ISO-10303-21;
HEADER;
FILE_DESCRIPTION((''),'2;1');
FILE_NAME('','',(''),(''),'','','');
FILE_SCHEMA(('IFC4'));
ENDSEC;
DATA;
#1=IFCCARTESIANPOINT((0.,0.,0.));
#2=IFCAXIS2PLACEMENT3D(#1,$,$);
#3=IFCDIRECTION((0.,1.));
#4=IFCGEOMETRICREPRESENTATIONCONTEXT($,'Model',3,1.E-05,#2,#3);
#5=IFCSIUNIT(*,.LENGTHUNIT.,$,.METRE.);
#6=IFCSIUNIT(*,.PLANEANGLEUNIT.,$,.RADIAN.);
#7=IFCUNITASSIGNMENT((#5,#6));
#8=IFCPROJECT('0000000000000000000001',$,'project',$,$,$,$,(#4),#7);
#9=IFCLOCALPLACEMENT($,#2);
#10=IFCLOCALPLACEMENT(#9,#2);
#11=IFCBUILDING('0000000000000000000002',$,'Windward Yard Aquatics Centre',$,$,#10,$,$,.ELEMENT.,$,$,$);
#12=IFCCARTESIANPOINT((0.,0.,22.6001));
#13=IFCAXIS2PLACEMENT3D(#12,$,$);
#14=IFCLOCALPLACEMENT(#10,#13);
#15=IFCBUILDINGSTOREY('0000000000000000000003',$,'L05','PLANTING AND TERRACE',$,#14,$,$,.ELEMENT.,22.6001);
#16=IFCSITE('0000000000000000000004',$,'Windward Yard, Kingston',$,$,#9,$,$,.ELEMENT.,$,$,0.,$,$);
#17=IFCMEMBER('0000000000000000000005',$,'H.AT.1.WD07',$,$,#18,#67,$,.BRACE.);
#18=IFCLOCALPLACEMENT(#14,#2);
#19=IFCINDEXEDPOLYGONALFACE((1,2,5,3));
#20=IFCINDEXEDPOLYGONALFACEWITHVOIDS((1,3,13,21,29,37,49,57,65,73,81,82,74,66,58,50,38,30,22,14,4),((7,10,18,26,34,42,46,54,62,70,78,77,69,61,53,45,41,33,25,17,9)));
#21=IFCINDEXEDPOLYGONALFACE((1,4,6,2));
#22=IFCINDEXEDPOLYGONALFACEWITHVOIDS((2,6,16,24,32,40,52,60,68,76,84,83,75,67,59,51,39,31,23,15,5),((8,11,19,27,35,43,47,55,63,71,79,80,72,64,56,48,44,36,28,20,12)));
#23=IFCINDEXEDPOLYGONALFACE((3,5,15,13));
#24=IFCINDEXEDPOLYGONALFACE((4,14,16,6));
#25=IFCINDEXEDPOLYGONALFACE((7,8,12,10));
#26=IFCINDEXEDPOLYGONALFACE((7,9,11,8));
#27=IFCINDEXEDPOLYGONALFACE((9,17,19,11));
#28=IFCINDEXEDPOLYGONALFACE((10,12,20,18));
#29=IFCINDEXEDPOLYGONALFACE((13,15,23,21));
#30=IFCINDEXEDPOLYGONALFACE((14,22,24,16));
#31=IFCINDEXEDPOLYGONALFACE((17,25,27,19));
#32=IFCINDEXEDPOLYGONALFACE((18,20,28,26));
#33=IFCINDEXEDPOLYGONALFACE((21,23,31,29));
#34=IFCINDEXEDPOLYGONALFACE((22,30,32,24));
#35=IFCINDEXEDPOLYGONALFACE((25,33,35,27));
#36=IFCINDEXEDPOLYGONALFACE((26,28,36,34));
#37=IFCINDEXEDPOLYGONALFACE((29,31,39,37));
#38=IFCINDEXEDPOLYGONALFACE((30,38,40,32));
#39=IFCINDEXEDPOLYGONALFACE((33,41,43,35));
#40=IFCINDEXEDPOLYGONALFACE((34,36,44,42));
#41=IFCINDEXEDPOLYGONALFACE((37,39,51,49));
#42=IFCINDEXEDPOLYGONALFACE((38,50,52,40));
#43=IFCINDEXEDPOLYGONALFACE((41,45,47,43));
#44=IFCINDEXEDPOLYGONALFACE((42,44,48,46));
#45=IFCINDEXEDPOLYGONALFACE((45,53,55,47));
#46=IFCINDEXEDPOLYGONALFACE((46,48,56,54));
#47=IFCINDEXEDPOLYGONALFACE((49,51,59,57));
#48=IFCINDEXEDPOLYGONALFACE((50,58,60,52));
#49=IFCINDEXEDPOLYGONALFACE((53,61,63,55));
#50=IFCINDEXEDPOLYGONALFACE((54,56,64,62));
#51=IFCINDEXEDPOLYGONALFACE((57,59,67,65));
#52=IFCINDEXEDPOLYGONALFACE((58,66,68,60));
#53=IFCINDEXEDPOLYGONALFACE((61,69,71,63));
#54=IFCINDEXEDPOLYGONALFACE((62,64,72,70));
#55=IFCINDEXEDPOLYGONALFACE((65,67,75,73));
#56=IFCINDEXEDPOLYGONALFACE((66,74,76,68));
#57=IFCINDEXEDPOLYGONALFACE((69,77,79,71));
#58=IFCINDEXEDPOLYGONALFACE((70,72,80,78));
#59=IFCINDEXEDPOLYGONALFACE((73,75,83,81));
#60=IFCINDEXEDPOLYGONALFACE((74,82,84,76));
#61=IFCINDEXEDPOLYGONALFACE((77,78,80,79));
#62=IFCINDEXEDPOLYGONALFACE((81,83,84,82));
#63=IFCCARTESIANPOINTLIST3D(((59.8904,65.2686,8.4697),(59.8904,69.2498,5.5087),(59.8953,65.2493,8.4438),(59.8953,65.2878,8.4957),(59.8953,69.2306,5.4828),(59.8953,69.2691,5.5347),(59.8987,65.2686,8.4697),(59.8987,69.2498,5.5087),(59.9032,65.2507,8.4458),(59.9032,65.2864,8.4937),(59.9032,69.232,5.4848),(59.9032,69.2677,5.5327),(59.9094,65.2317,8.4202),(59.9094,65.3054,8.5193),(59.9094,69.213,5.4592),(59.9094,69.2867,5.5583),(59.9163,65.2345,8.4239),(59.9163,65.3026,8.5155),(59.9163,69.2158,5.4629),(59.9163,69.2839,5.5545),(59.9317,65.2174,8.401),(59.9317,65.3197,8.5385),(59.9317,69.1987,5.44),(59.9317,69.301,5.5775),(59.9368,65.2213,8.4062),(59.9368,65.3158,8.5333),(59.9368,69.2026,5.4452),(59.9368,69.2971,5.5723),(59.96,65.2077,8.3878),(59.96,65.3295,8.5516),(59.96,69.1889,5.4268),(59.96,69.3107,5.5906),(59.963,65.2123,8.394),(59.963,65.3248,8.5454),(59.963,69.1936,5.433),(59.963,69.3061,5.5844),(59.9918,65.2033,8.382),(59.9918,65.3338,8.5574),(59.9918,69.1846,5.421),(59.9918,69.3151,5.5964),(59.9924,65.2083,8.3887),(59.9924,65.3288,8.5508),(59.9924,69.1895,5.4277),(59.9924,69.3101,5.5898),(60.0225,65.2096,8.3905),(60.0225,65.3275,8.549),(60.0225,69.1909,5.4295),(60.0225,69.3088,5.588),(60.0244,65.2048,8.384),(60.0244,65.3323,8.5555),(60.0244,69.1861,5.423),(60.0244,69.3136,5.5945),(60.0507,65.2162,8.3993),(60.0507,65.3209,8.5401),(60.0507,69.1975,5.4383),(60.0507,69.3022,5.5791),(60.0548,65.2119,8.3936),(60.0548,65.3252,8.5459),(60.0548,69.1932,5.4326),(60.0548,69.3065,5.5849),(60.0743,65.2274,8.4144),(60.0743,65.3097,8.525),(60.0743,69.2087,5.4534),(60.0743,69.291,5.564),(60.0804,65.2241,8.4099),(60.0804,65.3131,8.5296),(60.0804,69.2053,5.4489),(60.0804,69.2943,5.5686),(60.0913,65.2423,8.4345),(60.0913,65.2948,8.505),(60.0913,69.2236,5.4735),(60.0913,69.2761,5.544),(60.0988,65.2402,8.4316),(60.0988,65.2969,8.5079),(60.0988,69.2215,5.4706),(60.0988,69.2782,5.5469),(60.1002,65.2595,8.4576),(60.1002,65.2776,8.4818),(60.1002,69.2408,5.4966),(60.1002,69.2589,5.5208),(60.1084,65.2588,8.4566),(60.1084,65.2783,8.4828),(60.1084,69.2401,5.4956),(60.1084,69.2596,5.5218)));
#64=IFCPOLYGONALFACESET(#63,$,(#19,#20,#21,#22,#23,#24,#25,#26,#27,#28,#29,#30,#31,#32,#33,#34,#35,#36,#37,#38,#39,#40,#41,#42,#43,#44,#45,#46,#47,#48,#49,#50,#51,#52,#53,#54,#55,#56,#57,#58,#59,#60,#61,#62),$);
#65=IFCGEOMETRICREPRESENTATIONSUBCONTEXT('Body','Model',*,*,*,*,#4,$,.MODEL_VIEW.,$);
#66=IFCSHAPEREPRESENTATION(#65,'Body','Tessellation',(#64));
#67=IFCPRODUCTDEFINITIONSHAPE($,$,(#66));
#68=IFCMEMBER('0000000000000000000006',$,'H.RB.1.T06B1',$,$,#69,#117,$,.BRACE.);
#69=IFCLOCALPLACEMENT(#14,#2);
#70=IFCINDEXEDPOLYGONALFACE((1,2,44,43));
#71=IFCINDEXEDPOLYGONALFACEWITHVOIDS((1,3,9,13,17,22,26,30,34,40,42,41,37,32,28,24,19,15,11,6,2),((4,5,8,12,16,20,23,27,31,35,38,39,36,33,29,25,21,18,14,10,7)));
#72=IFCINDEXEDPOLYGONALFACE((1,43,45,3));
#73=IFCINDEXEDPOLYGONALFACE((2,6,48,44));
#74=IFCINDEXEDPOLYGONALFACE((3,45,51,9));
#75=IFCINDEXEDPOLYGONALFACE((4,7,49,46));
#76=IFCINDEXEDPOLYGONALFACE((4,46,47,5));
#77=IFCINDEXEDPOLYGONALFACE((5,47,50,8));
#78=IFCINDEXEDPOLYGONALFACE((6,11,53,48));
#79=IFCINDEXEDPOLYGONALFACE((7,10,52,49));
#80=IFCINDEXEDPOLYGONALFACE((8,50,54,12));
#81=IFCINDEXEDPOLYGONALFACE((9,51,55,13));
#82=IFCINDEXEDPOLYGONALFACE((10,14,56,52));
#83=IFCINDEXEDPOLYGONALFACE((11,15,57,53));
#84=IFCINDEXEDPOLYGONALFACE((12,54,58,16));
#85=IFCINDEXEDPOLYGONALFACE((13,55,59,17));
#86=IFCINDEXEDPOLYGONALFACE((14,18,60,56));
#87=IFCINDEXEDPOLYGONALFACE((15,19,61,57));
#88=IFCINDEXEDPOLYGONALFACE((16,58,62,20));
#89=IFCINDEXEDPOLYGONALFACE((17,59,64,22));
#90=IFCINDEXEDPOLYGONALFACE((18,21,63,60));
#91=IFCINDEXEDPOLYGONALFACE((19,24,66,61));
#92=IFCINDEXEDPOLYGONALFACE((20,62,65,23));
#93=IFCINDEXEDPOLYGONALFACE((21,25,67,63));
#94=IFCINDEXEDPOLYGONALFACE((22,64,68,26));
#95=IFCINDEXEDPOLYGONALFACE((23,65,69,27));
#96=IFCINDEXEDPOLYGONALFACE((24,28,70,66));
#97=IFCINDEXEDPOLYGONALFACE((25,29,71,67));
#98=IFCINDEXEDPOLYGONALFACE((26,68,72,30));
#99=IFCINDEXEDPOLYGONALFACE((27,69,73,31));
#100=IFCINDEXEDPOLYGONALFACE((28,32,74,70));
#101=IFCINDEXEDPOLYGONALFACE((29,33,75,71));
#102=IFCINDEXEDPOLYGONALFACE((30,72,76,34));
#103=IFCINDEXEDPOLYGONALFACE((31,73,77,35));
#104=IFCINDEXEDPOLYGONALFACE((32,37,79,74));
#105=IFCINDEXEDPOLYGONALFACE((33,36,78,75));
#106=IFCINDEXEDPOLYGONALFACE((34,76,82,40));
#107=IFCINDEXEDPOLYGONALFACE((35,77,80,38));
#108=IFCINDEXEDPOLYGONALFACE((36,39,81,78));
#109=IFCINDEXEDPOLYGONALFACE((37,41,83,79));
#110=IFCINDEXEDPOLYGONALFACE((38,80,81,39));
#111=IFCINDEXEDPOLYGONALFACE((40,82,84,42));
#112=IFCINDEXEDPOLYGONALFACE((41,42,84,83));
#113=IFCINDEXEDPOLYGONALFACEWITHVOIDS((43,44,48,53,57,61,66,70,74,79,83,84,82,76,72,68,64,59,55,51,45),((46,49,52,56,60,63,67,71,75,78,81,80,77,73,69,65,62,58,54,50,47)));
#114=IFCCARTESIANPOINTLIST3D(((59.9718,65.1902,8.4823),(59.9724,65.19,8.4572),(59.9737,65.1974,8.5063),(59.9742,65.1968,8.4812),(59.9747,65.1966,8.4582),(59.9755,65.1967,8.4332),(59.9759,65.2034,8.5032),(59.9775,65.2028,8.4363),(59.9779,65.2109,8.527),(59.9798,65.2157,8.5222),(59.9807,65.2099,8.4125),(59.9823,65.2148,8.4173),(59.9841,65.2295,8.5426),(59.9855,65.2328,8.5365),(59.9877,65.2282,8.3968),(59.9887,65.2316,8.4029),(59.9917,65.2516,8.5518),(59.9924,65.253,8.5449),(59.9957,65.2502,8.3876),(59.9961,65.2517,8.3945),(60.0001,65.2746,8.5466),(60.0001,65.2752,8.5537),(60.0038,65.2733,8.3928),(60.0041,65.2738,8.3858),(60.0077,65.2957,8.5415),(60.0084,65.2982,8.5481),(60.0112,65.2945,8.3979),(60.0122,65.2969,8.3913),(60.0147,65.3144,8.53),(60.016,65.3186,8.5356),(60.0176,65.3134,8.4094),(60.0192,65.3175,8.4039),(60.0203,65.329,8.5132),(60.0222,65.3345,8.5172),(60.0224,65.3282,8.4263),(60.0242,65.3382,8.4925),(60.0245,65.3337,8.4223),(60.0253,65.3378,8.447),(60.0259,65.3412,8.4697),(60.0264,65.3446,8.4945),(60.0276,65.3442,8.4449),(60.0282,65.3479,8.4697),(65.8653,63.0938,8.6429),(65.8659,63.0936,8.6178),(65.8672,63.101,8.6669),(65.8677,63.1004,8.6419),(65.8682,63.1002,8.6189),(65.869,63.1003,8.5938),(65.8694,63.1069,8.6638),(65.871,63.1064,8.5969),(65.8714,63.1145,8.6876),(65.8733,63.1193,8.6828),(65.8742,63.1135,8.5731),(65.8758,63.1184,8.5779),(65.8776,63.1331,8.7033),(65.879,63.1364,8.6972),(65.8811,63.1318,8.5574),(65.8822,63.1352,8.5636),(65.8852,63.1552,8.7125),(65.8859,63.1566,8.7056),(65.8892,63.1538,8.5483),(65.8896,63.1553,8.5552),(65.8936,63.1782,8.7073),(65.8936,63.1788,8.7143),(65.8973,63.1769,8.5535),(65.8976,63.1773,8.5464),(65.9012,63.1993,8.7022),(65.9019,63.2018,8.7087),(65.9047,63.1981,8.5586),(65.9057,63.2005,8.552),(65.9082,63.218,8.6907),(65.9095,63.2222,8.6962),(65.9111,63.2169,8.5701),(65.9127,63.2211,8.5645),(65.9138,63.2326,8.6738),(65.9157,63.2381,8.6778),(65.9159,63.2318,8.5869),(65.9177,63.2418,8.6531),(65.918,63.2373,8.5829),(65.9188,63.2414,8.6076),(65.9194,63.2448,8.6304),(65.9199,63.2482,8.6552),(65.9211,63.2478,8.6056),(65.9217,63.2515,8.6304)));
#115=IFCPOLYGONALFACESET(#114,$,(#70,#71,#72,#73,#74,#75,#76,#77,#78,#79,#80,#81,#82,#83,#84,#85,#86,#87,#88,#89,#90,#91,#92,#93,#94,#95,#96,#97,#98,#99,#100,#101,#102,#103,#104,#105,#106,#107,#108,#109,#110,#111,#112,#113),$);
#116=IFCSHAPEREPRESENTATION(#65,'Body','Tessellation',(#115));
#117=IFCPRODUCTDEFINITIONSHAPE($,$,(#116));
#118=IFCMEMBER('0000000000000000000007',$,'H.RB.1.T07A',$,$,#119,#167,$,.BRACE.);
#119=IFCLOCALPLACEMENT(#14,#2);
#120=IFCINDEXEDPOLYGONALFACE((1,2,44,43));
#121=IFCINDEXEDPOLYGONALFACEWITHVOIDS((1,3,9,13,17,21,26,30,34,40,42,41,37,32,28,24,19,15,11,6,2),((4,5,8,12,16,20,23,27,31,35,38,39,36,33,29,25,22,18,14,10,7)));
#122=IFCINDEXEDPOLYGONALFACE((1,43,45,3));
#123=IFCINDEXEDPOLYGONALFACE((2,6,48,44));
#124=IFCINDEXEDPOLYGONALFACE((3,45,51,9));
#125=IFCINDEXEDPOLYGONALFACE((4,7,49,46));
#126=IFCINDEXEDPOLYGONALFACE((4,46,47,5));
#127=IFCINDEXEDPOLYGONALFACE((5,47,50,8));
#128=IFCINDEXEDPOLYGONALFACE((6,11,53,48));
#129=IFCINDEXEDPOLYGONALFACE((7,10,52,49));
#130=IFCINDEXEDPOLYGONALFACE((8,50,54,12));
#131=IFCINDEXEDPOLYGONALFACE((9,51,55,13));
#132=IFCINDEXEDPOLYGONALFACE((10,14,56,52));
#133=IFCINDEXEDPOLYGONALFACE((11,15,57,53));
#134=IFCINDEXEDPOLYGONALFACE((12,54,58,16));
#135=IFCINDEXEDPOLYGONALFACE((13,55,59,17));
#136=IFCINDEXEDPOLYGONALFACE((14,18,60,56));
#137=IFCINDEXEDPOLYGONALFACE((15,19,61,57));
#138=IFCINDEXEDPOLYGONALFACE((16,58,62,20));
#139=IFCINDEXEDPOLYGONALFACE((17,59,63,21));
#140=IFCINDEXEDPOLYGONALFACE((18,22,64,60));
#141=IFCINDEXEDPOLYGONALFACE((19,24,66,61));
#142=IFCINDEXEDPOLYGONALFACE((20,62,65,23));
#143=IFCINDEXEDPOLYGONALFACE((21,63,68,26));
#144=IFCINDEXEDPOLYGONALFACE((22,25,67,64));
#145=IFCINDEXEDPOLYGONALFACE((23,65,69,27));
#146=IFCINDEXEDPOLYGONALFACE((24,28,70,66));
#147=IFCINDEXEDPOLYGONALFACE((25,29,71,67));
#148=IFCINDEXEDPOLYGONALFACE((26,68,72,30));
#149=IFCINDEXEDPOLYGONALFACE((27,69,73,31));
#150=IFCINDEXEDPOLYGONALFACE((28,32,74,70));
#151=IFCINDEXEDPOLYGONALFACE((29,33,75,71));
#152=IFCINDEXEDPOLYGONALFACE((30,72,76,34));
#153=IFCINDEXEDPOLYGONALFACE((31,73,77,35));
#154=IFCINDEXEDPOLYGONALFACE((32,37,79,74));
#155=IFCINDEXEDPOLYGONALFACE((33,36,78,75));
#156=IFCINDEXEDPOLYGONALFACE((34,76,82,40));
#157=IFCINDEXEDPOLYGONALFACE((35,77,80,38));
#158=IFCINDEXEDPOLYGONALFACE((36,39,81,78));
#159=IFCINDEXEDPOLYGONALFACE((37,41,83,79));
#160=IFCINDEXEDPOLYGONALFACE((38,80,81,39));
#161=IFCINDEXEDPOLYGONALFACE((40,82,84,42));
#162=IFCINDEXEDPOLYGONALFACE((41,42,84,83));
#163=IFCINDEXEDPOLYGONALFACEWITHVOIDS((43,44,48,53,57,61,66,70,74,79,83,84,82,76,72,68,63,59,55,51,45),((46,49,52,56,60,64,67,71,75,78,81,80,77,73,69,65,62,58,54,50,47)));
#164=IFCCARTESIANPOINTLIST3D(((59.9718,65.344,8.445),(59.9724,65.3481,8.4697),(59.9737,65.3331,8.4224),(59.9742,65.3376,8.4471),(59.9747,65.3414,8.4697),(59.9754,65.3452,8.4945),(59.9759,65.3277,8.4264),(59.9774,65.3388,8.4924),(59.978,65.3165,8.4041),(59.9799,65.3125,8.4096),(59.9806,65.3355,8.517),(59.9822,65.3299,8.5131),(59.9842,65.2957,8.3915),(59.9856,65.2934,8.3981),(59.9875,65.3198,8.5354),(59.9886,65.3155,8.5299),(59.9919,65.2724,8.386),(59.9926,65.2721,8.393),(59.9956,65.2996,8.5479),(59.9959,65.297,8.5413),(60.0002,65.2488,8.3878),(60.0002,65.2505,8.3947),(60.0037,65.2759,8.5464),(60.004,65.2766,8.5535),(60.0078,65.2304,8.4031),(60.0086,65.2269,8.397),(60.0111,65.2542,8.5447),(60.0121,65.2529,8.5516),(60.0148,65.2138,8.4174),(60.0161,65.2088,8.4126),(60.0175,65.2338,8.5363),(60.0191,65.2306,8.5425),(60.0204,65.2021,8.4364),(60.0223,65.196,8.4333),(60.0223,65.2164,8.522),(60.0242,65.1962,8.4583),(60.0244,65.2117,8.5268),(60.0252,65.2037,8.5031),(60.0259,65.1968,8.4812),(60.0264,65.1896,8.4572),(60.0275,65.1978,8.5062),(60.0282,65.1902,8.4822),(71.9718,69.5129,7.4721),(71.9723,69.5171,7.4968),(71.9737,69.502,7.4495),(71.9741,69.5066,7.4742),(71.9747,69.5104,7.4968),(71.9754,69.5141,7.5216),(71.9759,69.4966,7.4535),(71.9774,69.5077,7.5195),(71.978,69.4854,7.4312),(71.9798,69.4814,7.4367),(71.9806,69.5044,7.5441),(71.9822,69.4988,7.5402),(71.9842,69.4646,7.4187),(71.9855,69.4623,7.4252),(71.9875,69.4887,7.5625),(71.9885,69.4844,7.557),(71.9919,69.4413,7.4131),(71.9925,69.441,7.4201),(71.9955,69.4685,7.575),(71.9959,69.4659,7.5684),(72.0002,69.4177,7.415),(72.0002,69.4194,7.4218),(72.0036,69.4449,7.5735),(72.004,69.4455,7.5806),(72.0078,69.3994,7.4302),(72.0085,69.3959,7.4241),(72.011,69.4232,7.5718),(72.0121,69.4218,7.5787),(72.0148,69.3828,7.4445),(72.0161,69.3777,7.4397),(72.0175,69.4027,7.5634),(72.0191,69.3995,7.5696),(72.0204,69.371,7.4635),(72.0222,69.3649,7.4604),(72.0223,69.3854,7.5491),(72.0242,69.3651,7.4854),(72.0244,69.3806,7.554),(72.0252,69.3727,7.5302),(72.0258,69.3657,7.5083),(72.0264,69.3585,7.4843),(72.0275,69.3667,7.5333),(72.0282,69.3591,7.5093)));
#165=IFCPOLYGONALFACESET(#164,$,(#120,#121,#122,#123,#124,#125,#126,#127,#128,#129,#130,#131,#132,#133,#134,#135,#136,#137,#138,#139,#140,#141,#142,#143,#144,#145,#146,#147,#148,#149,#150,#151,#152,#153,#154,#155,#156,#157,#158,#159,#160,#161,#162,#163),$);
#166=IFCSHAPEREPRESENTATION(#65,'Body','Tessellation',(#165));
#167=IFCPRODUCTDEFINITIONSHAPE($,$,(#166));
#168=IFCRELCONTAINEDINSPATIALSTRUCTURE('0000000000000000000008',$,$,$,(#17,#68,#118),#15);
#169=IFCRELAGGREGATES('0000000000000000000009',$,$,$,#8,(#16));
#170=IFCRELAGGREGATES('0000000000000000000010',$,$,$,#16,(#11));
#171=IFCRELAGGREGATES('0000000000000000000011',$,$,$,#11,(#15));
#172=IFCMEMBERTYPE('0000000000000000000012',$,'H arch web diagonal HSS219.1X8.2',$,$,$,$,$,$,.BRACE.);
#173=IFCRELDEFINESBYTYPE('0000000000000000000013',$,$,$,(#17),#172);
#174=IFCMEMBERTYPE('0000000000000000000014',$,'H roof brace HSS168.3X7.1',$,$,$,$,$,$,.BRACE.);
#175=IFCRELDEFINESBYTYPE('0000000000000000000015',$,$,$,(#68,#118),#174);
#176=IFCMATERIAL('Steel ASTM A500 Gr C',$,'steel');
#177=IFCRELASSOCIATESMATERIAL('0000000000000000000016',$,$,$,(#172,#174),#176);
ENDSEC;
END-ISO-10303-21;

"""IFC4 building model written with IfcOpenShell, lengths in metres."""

from ifc_helpers import new_model, si_unit, direction, frame, origin, origin_2d, place, context, subcontext, project, spatial, hollow_circle, extrude, material, material_profile, profile_set, type_object, element, save


model = new_model("IFC4")

# Units and contexts
model_context = context("Model", 3, precision=1e-05, world=origin(), true_north=direction((0.0, 1.0)))
body_context = subcontext(model_context, "Body", "Model", "MODEL_VIEW")
ifc_project = project(units=[si_unit("LENGTHUNIT", "METRE"), si_unit("PLANEANGLEUNIT", "RADIAN")], contexts=[model_context])

# Site, building, storey
site_placement = place(None, origin())
site = spatial("IfcSite", under=ifc_project, at=site_placement, Name="Windward Yard, Kingston", CompositionType="ELEMENT", RefElevation=0.0)
building_placement = place(site_placement, origin())
building = spatial("IfcBuilding", under=site, at=building_placement, Name="Windward Yard Aquatics Centre", CompositionType="ELEMENT")
storey_placement = place(building_placement, frame((0.0, 0.0, 22.6001)))
storey = spatial("IfcBuildingStorey", under=building, at=storey_placement, Name="L05", Description="PLANTING AND TERRACE", CompositionType="ELEMENT", Elevation=22.6001)

# Members
ifc_material_1 = material(Name="Steel ASTM A500 Gr C", Category="steel")
ifc_material_profile_1 = material_profile(ifc_material_1, hollow_circle(Radius=0.1096, WallThickness=0.0083, at=origin_2d()), Name="HSS219.1X8.2")
ifc_profile_set_1 = profile_set([ifc_material_profile_1], Name="Steel ASTM A500 Gr C")
member_type_1 = type_object("IfcMemberType", Name="H arch web diagonal HSS219.1X8.2", PredefinedType="BRACE", material=ifc_profile_set_1)
member_1_placement = place(storey_placement, frame((60.0, 65.2686, 8.4697), z_axis=(0.0, 0.802409, -0.596775), x_axis=(-1.0, 0.0, 0.0)))
element("IfcMember", 1, at=member_1_placement, inside=storey, type_object=member_type_1, Name="H.AT.1.WD07", PredefinedType="BRACE", context=body_context, shape_type="SweptSolid", body=[
    extrude(hollow_circle(Radius=0.1096, WallThickness=0.0083, at=origin_2d()), origin(), (0.0, 0.0, 1.0), 4.9617),
])
ifc_material_profile_2 = material_profile(ifc_material_1, hollow_circle(Radius=0.0842, WallThickness=0.0071, at=origin_2d()), Name="HSS168.3X7.1")
ifc_profile_set_2 = profile_set([ifc_material_profile_2], Name="Steel ASTM A500 Gr C")
member_type_2 = type_object("IfcMemberType", Name="H roof brace HSS168.3X7.1", PredefinedType="BRACE", material=ifc_profile_set_2)
member_2_placement = place(storey_placement, frame((60.0, 65.2686, 8.4697), z_axis=(0.941856, -0.335034, 0.025673), x_axis=(0.335144, 0.942167, 0.0)))
element("IfcMember", 2, at=member_2_placement, inside=storey, type_object=member_type_2, Name="H.RB.1.T06B1", PredefinedType="BRACE", context=body_context, shape_type="SweptSolid", body=[
    extrude(hollow_circle(Radius=0.0842, WallThickness=0.0071, at=origin_2d()), origin(), (0.0, 0.0, 1.0), 6.2573),
])
member_3_placement = place(storey_placement, frame((60.0, 65.2686, 8.4697), z_axis=(0.94186, 0.327214, -0.076361), x_axis=(-0.328172, 0.944618, 0.0)))
element("IfcMember", 3, at=member_3_placement, inside=storey, type_object=member_type_2, Name="H.RB.1.T07A", PredefinedType="BRACE", context=body_context, shape_type="SweptSolid", body=[
    extrude(hollow_circle(Radius=0.0842, WallThickness=0.0071, at=origin_2d()), origin(), (0.0, 0.0, 1.0), 12.7407),
])

save(model, "model.ifc")
